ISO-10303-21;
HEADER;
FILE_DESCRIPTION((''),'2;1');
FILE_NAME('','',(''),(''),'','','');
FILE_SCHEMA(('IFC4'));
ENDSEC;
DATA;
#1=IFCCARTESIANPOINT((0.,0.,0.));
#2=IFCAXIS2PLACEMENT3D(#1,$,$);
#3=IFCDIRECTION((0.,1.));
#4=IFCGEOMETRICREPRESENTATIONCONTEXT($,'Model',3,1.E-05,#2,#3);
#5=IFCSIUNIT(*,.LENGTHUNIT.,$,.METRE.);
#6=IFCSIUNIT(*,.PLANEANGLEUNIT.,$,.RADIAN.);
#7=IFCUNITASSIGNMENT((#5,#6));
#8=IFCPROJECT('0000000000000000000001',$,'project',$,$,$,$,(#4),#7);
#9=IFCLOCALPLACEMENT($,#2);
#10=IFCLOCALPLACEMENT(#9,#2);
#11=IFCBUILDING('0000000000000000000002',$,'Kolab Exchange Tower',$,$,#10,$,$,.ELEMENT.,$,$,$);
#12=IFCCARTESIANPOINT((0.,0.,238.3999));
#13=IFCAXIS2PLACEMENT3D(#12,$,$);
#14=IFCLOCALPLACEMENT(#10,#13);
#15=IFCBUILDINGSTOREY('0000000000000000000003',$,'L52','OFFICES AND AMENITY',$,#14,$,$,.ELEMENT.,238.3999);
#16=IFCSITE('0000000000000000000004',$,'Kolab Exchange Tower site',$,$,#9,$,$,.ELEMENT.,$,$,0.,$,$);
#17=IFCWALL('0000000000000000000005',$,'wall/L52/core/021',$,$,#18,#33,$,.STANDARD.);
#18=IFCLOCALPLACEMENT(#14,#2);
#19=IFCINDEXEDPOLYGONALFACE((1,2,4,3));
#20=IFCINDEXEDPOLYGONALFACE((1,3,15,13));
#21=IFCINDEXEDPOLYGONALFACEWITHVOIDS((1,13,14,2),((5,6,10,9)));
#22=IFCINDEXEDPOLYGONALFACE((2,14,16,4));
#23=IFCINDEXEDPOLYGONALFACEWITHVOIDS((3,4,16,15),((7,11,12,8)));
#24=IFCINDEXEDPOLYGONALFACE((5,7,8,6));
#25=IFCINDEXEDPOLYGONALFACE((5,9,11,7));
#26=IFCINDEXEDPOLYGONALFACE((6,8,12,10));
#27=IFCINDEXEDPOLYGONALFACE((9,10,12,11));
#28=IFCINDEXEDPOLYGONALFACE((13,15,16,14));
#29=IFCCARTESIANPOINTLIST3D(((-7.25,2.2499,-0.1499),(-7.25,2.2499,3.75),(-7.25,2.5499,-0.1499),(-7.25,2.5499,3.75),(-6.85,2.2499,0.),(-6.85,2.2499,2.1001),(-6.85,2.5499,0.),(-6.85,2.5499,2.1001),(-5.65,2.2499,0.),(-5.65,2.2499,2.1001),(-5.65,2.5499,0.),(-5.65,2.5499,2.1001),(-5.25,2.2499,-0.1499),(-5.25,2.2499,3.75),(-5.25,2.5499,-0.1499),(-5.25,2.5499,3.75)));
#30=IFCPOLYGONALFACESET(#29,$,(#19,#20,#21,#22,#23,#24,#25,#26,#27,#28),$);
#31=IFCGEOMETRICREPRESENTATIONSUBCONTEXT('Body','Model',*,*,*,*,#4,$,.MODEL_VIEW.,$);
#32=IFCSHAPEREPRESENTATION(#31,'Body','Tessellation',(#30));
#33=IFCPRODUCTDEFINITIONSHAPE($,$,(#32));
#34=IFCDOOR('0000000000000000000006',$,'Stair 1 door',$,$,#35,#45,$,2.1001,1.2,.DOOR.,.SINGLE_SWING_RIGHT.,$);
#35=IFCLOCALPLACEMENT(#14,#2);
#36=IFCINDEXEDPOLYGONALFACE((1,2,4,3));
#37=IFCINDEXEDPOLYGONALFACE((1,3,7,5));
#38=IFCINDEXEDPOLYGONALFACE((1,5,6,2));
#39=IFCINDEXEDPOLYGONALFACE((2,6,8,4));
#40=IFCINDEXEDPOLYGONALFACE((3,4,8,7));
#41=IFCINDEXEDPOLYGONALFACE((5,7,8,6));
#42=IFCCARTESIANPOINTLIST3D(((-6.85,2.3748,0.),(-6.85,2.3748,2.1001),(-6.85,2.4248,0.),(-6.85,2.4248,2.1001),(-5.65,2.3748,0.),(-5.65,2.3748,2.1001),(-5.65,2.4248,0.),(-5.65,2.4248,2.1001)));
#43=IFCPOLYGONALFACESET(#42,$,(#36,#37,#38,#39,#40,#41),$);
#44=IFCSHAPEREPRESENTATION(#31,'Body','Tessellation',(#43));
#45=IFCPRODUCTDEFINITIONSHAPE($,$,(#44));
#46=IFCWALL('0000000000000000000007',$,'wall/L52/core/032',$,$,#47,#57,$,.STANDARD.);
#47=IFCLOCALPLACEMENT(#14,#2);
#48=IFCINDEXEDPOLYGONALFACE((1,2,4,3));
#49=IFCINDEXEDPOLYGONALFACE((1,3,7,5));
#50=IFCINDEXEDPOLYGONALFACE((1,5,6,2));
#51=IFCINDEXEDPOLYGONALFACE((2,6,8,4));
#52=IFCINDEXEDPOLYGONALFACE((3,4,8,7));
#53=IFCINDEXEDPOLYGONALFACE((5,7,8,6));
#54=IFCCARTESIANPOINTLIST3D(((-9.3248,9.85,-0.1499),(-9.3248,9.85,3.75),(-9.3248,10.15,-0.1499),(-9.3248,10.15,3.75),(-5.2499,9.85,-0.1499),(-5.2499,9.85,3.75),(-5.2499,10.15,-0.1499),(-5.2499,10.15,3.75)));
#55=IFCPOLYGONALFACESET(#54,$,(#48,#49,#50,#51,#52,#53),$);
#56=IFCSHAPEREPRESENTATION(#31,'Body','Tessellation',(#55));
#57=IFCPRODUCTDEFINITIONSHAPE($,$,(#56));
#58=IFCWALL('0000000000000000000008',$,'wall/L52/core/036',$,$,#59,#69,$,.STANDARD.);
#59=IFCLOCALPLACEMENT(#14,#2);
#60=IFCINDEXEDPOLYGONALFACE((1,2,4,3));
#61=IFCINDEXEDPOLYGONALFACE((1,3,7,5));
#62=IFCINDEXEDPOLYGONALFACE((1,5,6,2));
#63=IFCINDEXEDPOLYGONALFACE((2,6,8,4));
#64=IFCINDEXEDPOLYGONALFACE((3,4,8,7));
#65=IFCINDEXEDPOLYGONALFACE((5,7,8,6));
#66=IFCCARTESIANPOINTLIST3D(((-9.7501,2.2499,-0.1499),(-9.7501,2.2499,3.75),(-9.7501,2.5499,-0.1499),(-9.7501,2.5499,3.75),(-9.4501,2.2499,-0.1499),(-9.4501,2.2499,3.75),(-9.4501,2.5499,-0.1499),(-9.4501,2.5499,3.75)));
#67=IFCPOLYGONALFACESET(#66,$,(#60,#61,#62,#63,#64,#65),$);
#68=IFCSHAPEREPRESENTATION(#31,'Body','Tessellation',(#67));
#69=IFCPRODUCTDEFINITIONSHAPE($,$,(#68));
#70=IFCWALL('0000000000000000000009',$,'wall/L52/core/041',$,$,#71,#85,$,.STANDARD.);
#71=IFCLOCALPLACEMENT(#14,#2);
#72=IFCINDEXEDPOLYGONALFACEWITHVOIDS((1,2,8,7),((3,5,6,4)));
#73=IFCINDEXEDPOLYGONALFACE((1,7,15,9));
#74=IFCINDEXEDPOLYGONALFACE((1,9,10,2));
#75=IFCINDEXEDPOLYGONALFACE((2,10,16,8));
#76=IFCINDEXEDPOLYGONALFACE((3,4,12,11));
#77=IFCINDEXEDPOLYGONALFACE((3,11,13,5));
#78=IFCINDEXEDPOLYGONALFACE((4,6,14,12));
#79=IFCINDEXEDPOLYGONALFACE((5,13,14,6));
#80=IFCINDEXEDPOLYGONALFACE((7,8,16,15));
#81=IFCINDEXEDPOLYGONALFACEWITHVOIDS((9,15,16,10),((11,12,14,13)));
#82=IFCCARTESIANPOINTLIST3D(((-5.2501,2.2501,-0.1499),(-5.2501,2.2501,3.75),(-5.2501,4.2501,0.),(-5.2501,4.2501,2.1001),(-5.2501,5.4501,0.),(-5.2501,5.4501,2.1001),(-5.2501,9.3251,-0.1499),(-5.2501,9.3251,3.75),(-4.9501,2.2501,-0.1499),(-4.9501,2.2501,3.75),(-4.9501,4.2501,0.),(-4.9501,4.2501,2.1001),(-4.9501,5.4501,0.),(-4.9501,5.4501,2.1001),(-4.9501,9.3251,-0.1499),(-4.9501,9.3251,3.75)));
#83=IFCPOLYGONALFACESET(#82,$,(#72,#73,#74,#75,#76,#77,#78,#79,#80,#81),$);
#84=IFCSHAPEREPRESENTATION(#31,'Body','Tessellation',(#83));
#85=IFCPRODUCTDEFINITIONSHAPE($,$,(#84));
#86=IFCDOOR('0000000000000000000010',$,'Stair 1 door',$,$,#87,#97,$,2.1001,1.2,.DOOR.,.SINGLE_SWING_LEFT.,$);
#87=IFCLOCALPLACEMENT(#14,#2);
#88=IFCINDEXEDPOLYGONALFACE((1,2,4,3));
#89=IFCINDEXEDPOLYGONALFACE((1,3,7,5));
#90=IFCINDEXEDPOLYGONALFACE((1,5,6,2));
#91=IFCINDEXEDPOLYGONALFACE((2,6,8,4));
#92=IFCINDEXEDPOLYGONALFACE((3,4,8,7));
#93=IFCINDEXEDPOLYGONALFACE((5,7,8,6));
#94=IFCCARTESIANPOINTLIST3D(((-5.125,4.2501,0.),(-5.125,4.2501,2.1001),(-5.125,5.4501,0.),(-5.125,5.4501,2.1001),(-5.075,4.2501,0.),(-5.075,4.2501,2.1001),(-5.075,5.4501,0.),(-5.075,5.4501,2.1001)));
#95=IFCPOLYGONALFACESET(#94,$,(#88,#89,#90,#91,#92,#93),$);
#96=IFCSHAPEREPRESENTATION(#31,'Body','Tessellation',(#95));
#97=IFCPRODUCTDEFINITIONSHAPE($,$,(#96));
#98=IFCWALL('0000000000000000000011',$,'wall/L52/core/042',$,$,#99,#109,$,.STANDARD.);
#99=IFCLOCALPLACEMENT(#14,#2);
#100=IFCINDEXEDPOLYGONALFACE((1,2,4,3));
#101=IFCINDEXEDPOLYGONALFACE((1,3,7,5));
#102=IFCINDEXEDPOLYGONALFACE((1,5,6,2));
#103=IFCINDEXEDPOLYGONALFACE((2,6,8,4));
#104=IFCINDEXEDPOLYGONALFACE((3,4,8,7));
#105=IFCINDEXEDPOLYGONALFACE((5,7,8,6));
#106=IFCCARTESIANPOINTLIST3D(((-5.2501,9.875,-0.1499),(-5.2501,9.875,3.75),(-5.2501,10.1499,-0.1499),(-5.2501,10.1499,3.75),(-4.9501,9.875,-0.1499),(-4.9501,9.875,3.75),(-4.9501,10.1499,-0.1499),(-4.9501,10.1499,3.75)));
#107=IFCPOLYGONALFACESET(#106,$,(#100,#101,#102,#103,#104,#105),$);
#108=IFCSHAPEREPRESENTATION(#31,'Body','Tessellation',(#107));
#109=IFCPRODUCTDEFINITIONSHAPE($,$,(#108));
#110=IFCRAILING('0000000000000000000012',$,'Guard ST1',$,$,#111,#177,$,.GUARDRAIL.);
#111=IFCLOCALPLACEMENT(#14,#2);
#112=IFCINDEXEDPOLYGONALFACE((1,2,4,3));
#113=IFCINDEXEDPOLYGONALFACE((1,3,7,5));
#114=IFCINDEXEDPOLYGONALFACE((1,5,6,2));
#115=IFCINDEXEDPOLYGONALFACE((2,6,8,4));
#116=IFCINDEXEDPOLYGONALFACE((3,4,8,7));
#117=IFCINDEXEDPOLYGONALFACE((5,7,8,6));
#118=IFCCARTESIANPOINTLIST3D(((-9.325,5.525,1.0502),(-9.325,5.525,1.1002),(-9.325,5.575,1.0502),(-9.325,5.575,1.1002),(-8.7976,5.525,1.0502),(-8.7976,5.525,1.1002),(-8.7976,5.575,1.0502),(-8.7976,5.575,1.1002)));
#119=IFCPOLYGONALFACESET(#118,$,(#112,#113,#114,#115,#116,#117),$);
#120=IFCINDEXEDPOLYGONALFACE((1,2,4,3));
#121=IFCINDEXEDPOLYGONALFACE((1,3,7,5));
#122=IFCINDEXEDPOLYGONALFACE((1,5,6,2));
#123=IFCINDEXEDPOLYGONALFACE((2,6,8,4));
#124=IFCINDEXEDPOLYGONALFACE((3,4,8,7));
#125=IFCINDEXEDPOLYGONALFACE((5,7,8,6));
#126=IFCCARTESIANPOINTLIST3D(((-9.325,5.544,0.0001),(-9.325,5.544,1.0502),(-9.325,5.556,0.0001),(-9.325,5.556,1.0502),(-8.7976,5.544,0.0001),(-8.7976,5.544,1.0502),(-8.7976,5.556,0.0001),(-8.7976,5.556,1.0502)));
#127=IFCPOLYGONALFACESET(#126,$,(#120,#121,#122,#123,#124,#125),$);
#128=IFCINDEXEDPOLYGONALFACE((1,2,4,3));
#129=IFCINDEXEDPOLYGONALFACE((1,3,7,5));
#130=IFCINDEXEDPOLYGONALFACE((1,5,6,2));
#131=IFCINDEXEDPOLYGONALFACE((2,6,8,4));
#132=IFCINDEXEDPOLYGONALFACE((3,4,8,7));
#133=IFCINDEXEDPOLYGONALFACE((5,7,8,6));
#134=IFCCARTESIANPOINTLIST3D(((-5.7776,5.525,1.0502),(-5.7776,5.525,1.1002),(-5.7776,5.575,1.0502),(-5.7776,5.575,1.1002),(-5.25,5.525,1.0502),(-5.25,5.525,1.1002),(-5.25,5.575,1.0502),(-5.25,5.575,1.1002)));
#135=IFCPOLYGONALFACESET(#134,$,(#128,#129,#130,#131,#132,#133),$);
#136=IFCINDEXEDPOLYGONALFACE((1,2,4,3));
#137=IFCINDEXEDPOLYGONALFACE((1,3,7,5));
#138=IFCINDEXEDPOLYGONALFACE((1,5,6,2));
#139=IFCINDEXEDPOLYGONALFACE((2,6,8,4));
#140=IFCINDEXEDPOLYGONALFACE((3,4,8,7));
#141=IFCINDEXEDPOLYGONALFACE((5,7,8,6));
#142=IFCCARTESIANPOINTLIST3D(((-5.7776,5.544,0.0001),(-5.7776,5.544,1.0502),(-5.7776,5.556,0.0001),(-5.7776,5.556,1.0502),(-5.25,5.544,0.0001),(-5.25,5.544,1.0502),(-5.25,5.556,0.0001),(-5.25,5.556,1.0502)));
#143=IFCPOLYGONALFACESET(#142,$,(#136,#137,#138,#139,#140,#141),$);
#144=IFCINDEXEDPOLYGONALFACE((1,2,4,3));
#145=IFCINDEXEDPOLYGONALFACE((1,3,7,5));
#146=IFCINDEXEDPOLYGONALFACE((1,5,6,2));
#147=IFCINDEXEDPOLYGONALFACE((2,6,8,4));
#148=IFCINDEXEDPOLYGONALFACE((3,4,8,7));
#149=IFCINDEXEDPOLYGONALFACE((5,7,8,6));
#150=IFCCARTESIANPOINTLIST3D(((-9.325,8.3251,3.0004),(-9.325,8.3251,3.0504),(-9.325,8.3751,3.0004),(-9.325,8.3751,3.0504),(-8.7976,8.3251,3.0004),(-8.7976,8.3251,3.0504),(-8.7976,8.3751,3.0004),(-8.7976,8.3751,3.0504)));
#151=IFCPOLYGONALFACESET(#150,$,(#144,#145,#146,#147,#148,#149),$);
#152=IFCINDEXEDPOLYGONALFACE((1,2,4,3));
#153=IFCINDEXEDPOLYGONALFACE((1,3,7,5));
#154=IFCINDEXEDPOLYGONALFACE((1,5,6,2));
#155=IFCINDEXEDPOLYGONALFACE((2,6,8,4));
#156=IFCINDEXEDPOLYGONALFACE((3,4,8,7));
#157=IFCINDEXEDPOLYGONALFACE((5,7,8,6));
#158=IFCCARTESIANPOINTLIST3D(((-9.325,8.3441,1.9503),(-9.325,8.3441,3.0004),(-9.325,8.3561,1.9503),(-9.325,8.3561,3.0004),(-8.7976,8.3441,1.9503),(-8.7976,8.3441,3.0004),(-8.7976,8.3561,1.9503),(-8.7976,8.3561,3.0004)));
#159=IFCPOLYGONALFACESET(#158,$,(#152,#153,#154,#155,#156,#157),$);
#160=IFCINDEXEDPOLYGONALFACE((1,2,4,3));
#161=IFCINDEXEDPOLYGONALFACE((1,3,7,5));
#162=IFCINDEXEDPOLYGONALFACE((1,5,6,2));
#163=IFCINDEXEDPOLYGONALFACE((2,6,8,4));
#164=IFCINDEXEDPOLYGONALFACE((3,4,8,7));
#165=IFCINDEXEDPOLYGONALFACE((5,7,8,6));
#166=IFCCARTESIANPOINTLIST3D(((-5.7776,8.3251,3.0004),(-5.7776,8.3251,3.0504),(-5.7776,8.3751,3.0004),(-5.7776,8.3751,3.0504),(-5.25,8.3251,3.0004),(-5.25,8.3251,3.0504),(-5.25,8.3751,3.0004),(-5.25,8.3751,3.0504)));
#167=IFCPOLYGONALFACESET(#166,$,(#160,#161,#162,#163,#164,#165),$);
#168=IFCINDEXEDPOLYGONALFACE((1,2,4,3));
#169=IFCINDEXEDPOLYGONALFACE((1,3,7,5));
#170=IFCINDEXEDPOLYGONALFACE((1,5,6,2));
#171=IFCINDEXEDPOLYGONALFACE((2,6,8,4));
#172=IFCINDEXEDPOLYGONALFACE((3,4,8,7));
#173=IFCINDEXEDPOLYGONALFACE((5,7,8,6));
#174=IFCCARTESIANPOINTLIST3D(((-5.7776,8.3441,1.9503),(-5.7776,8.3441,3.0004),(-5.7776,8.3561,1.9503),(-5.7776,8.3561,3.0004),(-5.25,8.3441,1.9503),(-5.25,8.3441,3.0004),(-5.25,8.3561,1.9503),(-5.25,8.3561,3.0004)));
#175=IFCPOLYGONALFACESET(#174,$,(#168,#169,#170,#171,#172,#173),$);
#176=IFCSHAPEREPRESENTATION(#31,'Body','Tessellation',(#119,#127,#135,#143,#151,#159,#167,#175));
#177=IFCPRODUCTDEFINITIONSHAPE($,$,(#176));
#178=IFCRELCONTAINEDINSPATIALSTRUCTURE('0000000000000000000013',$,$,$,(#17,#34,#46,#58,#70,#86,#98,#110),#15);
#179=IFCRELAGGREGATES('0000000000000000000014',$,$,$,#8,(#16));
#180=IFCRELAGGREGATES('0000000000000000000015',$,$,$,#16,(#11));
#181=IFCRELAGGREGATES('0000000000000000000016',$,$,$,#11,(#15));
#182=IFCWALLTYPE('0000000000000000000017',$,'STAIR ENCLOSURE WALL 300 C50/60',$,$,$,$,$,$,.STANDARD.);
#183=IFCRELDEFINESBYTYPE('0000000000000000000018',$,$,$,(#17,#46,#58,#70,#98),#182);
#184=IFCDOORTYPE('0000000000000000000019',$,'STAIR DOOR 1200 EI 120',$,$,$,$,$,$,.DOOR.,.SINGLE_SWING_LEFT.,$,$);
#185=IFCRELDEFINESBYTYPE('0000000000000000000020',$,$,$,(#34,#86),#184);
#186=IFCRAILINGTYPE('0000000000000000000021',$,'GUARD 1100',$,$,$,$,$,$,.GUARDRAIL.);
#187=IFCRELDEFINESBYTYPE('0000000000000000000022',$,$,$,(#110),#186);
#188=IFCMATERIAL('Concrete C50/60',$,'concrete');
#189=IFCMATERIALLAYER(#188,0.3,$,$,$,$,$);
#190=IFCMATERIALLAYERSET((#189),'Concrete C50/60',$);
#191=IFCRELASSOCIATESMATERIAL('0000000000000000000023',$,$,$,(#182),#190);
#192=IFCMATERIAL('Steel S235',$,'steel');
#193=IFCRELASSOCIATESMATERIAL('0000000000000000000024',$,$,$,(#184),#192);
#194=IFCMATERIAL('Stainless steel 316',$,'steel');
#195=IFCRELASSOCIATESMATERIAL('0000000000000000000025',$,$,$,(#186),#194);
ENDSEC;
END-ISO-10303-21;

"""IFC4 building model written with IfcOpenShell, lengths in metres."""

from ifc_helpers import new_model, si_unit, direction, frame, frame_2d, origin, origin_2d, place, context, subcontext, project, spatial, rectangle, extrude, material, layer, layer_set, type_object, element, fill, save


model = new_model("IFC4")

# Units and contexts
model_context = context("Model", 3, precision=1e-05, world=origin(), true_north=direction((0.0, 1.0)))
body_context = subcontext(model_context, "Body", "Model", "MODEL_VIEW")
ifc_project = project(units=[si_unit("LENGTHUNIT", "METRE"), si_unit("PLANEANGLEUNIT", "RADIAN")], contexts=[model_context])

# Site, building, storey
site_placement = place(None, origin())
site = spatial("IfcSite", under=ifc_project, at=site_placement, Name="Kolab Exchange Tower site", CompositionType="ELEMENT", RefElevation=0.0)
building_placement = place(site_placement, origin())
building = spatial("IfcBuilding", under=site, at=building_placement, Name="Kolab Exchange Tower", CompositionType="ELEMENT")
storey_placement = place(building_placement, frame((0.0, 0.0, 238.3999)))
storey = spatial("IfcBuildingStorey", under=building, at=storey_placement, Name="L52", Description="OFFICES AND AMENITY", CompositionType="ELEMENT", Elevation=238.3999)

# Shared definitions
ifc_material_1 = material(Name="Concrete C50/60", Category="concrete")
ifc_material_2 = material(Name="Steel S235", Category="steel")

# Shared definitions
ifc_material_3 = material(Name="Stainless steel 316", Category="steel")

# Shared definitions
ifc_layer_1 = layer(ifc_material_1, 0.3)
ifc_layer_set_1 = layer_set([ifc_layer_1], Name="Concrete C50/60")
wall_type_1 = type_object("IfcWallType", Name="STAIR ENCLOSURE WALL 300 C50/60", PredefinedType="STANDARD", material=ifc_layer_set_1)

# Wall, opening, door
wall_1_placement = place(storey_placement, frame((-7.25, 2.3999, -0.1499), z_axis=(0.0, 0.0, 1.0), x_axis=(1.0, 0.0, 0.0)))
wall_1 = element("IfcWall", 1, at=wall_1_placement, inside=storey, type_object=wall_type_1, Name="wall/L52/core/021", PredefinedType="STANDARD", context=body_context, shape_type="SweptSolid", body=[
    extrude(rectangle(XDim=2.0, YDim=0.3, at=frame_2d((1.0, 0.0))), origin(), (0.0, 0.0, 1.0), 3.8999),
])
opening_1_placement = place(wall_1_placement, frame((0.3999, 0.0, 0.1499)))
opening_1 = element("IfcOpeningElement", 2, at=opening_1_placement, cuts=wall_1, PredefinedType="OPENING", context=body_context, shape_type="SweptSolid", body=[
    extrude(rectangle(XDim=1.2, YDim=2.1001, at=frame_2d((0.6001, 1.05))), frame((0.0, 0.1602, 0.0), z_axis=(0.0, -1.0, 0.0), x_axis=(1.0, 0.0, 0.0)), (0.0, 0.0, 1.0), 0.3201),
])
door_type_1 = type_object("IfcDoorType", Name="STAIR DOOR 1200 EI 120", OperationType="SINGLE_SWING_LEFT", PredefinedType="DOOR", material=ifc_material_2)
door_1_placement = place(opening_1_placement, origin())
door_1 = element("IfcDoor", 3, at=door_1_placement, inside=storey, type_object=door_type_1, Name="Stair 1 door", OperationType="SINGLE_SWING_RIGHT", OverallHeight=2.1001, OverallWidth=1.2, PredefinedType="DOOR", context=body_context, shape_type="SweptSolid", body=[
    extrude(rectangle(XDim=1.2, YDim=2.1001, at=frame_2d((0.6001, 1.05))), frame((0.0, 0.0249, 0.0), z_axis=(0.0, -1.0, 0.0), x_axis=(1.0, 0.0, 0.0)), (0.0, 0.0, 1.0), 0.05),
])
fill(opening_1, door_1)

# Walls
wall_2_placement = place(storey_placement, frame((-9.325, 10.0, -0.1499), z_axis=(0.0, 0.0, 1.0), x_axis=(1.0, 0.0, 0.0)))
element("IfcWall", 4, at=wall_2_placement, inside=storey, type_object=wall_type_1, Name="wall/L52/core/032", PredefinedType="STANDARD", context=body_context, shape_type="SweptSolid", body=[
    extrude(rectangle(XDim=4.075, YDim=0.3, at=frame_2d((2.0376, 0.0))), origin(), (0.0, 0.0, 1.0), 3.8999),
])
wall_3_placement = place(storey_placement, frame((-9.6001, 2.25, -0.1499), z_axis=(0.0, 0.0, 1.0), x_axis=(0.0, 1.0, 0.0)))
element("IfcWall", 5, at=wall_3_placement, inside=storey, type_object=wall_type_1, Name="wall/L52/core/036", PredefinedType="STANDARD", context=body_context, shape_type="SweptSolid", body=[
    extrude(rectangle(XDim=0.3, YDim=0.3, at=frame_2d((0.1499, 0.0))), origin(), (0.0, 0.0, 1.0), 3.8999),
])

# Wall, opening, door
wall_4_placement = place(storey_placement, frame((-5.1001, 2.25, -0.1499), z_axis=(0.0, 0.0, 1.0), x_axis=(0.0, 1.0, 0.0)))
wall_4 = element("IfcWall", 6, at=wall_4_placement, inside=storey, type_object=wall_type_1, Name="wall/L52/core/041", PredefinedType="STANDARD", context=body_context, shape_type="SweptSolid", body=[
    extrude(rectangle(XDim=7.075, YDim=0.3, at=frame_2d((3.5376, 0.0))), origin(), (0.0, 0.0, 1.0), 3.8999),
])
opening_2_placement = place(wall_4_placement, frame((2.0, 0.0, 0.1499)))
opening_2 = element("IfcOpeningElement", 7, at=opening_2_placement, cuts=wall_4, PredefinedType="OPENING", context=body_context, shape_type="SweptSolid", body=[
    extrude(rectangle(XDim=1.2, YDim=2.1001, at=frame_2d((0.6001, 1.05))), frame((0.0, 0.1602, 0.0), z_axis=(0.0, -1.0, 0.0), x_axis=(1.0, 0.0, 0.0)), (0.0, 0.0, 1.0), 0.3201),
])
door_2_placement = place(opening_2_placement, origin())
door_2 = element("IfcDoor", 8, at=door_2_placement, inside=storey, type_object=door_type_1, Name="Stair 1 door", OperationType="SINGLE_SWING_LEFT", OverallHeight=2.1001, OverallWidth=1.2, PredefinedType="DOOR", context=body_context, shape_type="SweptSolid", body=[
    extrude(rectangle(XDim=1.2, YDim=2.1001, at=frame_2d((0.6001, 1.05))), frame((0.0, 0.0249, 0.0), z_axis=(0.0, -1.0, 0.0), x_axis=(1.0, 0.0, 0.0)), (0.0, 0.0, 1.0), 0.05),
])
fill(opening_2, door_2)

# Wall
wall_5_placement = place(storey_placement, frame((-5.1001, 9.875, -0.1499), z_axis=(0.0, 0.0, 1.0), x_axis=(0.0, 1.0, 0.0)))
element("IfcWall", 9, at=wall_5_placement, inside=storey, type_object=wall_type_1, Name="wall/L52/core/042", PredefinedType="STANDARD", context=body_context, shape_type="SweptSolid", body=[
    extrude(rectangle(XDim=0.2749, YDim=0.3, at=frame_2d((0.1375, 0.0))), origin(), (0.0, 0.0, 1.0), 3.8999),
])

# Railing
railing_type = type_object("IfcRailingType", Name="GUARD 1100", PredefinedType="GUARDRAIL", material=ifc_material_3)
railing_1_placement = place(storey_placement, frame((-9.325, 5.55, 0.0)))
element("IfcRailing", 10, at=railing_1_placement, inside=storey, type_object=railing_type, Name="Guard ST1", PredefinedType="GUARDRAIL", context=body_context, shape_type="SweptSolid", body=[
    extrude(rectangle(XDim=0.05, YDim=0.05, at=origin_2d()), frame((0.0, 0.0, 1.0752), z_axis=(1.0, 0.0, 0.0), x_axis=(0.0, 1.0, 0.0)), (0.0, 0.0, 1.0), 0.5273),
    extrude(rectangle(XDim=0.012, YDim=1.0501, at=frame_2d((0.0, 0.5251))), frame((0.0, 0.0, 0.0), z_axis=(1.0, 0.0, 0.0), x_axis=(0.0, 1.0, 0.0)), (0.0, 0.0, 1.0), 0.5273),
    extrude(rectangle(XDim=0.05, YDim=0.05, at=origin_2d()), frame((3.5474, 0.0, 1.0752), z_axis=(1.0, 0.0, 0.0), x_axis=(0.0, 1.0, 0.0)), (0.0, 0.0, 1.0), 0.5276),
    extrude(rectangle(XDim=0.012, YDim=1.0501, at=frame_2d((0.0, 0.5251))), frame((3.5474, 0.0, 0.0), z_axis=(1.0, 0.0, 0.0), x_axis=(0.0, 1.0, 0.0)), (0.0, 0.0, 1.0), 0.5276),
    extrude(rectangle(XDim=0.05, YDim=0.05, at=origin_2d()), frame((0.0, 2.8, 3.0254), z_axis=(1.0, 0.0, 0.0), x_axis=(0.0, 1.0, 0.0)), (0.0, 0.0, 1.0), 0.5273),
    extrude(rectangle(XDim=0.012, YDim=1.0501, at=frame_2d((0.0, 0.5251))), frame((0.0, 2.8, 1.9502), z_axis=(1.0, 0.0, 0.0), x_axis=(0.0, 1.0, 0.0)), (0.0, 0.0, 1.0), 0.5273),
    extrude(rectangle(XDim=0.05, YDim=0.05, at=origin_2d()), frame((3.5474, 2.8, 3.0254), z_axis=(1.0, 0.0, 0.0), x_axis=(0.0, 1.0, 0.0)), (0.0, 0.0, 1.0), 0.5276),
    extrude(rectangle(XDim=0.012, YDim=1.0501, at=frame_2d((0.0, 0.5251))), frame((3.5474, 2.8, 1.9502), z_axis=(1.0, 0.0, 0.0), x_axis=(0.0, 1.0, 0.0)), (0.0, 0.0, 1.0), 0.5276),
])

save(model, "model.ifc")
